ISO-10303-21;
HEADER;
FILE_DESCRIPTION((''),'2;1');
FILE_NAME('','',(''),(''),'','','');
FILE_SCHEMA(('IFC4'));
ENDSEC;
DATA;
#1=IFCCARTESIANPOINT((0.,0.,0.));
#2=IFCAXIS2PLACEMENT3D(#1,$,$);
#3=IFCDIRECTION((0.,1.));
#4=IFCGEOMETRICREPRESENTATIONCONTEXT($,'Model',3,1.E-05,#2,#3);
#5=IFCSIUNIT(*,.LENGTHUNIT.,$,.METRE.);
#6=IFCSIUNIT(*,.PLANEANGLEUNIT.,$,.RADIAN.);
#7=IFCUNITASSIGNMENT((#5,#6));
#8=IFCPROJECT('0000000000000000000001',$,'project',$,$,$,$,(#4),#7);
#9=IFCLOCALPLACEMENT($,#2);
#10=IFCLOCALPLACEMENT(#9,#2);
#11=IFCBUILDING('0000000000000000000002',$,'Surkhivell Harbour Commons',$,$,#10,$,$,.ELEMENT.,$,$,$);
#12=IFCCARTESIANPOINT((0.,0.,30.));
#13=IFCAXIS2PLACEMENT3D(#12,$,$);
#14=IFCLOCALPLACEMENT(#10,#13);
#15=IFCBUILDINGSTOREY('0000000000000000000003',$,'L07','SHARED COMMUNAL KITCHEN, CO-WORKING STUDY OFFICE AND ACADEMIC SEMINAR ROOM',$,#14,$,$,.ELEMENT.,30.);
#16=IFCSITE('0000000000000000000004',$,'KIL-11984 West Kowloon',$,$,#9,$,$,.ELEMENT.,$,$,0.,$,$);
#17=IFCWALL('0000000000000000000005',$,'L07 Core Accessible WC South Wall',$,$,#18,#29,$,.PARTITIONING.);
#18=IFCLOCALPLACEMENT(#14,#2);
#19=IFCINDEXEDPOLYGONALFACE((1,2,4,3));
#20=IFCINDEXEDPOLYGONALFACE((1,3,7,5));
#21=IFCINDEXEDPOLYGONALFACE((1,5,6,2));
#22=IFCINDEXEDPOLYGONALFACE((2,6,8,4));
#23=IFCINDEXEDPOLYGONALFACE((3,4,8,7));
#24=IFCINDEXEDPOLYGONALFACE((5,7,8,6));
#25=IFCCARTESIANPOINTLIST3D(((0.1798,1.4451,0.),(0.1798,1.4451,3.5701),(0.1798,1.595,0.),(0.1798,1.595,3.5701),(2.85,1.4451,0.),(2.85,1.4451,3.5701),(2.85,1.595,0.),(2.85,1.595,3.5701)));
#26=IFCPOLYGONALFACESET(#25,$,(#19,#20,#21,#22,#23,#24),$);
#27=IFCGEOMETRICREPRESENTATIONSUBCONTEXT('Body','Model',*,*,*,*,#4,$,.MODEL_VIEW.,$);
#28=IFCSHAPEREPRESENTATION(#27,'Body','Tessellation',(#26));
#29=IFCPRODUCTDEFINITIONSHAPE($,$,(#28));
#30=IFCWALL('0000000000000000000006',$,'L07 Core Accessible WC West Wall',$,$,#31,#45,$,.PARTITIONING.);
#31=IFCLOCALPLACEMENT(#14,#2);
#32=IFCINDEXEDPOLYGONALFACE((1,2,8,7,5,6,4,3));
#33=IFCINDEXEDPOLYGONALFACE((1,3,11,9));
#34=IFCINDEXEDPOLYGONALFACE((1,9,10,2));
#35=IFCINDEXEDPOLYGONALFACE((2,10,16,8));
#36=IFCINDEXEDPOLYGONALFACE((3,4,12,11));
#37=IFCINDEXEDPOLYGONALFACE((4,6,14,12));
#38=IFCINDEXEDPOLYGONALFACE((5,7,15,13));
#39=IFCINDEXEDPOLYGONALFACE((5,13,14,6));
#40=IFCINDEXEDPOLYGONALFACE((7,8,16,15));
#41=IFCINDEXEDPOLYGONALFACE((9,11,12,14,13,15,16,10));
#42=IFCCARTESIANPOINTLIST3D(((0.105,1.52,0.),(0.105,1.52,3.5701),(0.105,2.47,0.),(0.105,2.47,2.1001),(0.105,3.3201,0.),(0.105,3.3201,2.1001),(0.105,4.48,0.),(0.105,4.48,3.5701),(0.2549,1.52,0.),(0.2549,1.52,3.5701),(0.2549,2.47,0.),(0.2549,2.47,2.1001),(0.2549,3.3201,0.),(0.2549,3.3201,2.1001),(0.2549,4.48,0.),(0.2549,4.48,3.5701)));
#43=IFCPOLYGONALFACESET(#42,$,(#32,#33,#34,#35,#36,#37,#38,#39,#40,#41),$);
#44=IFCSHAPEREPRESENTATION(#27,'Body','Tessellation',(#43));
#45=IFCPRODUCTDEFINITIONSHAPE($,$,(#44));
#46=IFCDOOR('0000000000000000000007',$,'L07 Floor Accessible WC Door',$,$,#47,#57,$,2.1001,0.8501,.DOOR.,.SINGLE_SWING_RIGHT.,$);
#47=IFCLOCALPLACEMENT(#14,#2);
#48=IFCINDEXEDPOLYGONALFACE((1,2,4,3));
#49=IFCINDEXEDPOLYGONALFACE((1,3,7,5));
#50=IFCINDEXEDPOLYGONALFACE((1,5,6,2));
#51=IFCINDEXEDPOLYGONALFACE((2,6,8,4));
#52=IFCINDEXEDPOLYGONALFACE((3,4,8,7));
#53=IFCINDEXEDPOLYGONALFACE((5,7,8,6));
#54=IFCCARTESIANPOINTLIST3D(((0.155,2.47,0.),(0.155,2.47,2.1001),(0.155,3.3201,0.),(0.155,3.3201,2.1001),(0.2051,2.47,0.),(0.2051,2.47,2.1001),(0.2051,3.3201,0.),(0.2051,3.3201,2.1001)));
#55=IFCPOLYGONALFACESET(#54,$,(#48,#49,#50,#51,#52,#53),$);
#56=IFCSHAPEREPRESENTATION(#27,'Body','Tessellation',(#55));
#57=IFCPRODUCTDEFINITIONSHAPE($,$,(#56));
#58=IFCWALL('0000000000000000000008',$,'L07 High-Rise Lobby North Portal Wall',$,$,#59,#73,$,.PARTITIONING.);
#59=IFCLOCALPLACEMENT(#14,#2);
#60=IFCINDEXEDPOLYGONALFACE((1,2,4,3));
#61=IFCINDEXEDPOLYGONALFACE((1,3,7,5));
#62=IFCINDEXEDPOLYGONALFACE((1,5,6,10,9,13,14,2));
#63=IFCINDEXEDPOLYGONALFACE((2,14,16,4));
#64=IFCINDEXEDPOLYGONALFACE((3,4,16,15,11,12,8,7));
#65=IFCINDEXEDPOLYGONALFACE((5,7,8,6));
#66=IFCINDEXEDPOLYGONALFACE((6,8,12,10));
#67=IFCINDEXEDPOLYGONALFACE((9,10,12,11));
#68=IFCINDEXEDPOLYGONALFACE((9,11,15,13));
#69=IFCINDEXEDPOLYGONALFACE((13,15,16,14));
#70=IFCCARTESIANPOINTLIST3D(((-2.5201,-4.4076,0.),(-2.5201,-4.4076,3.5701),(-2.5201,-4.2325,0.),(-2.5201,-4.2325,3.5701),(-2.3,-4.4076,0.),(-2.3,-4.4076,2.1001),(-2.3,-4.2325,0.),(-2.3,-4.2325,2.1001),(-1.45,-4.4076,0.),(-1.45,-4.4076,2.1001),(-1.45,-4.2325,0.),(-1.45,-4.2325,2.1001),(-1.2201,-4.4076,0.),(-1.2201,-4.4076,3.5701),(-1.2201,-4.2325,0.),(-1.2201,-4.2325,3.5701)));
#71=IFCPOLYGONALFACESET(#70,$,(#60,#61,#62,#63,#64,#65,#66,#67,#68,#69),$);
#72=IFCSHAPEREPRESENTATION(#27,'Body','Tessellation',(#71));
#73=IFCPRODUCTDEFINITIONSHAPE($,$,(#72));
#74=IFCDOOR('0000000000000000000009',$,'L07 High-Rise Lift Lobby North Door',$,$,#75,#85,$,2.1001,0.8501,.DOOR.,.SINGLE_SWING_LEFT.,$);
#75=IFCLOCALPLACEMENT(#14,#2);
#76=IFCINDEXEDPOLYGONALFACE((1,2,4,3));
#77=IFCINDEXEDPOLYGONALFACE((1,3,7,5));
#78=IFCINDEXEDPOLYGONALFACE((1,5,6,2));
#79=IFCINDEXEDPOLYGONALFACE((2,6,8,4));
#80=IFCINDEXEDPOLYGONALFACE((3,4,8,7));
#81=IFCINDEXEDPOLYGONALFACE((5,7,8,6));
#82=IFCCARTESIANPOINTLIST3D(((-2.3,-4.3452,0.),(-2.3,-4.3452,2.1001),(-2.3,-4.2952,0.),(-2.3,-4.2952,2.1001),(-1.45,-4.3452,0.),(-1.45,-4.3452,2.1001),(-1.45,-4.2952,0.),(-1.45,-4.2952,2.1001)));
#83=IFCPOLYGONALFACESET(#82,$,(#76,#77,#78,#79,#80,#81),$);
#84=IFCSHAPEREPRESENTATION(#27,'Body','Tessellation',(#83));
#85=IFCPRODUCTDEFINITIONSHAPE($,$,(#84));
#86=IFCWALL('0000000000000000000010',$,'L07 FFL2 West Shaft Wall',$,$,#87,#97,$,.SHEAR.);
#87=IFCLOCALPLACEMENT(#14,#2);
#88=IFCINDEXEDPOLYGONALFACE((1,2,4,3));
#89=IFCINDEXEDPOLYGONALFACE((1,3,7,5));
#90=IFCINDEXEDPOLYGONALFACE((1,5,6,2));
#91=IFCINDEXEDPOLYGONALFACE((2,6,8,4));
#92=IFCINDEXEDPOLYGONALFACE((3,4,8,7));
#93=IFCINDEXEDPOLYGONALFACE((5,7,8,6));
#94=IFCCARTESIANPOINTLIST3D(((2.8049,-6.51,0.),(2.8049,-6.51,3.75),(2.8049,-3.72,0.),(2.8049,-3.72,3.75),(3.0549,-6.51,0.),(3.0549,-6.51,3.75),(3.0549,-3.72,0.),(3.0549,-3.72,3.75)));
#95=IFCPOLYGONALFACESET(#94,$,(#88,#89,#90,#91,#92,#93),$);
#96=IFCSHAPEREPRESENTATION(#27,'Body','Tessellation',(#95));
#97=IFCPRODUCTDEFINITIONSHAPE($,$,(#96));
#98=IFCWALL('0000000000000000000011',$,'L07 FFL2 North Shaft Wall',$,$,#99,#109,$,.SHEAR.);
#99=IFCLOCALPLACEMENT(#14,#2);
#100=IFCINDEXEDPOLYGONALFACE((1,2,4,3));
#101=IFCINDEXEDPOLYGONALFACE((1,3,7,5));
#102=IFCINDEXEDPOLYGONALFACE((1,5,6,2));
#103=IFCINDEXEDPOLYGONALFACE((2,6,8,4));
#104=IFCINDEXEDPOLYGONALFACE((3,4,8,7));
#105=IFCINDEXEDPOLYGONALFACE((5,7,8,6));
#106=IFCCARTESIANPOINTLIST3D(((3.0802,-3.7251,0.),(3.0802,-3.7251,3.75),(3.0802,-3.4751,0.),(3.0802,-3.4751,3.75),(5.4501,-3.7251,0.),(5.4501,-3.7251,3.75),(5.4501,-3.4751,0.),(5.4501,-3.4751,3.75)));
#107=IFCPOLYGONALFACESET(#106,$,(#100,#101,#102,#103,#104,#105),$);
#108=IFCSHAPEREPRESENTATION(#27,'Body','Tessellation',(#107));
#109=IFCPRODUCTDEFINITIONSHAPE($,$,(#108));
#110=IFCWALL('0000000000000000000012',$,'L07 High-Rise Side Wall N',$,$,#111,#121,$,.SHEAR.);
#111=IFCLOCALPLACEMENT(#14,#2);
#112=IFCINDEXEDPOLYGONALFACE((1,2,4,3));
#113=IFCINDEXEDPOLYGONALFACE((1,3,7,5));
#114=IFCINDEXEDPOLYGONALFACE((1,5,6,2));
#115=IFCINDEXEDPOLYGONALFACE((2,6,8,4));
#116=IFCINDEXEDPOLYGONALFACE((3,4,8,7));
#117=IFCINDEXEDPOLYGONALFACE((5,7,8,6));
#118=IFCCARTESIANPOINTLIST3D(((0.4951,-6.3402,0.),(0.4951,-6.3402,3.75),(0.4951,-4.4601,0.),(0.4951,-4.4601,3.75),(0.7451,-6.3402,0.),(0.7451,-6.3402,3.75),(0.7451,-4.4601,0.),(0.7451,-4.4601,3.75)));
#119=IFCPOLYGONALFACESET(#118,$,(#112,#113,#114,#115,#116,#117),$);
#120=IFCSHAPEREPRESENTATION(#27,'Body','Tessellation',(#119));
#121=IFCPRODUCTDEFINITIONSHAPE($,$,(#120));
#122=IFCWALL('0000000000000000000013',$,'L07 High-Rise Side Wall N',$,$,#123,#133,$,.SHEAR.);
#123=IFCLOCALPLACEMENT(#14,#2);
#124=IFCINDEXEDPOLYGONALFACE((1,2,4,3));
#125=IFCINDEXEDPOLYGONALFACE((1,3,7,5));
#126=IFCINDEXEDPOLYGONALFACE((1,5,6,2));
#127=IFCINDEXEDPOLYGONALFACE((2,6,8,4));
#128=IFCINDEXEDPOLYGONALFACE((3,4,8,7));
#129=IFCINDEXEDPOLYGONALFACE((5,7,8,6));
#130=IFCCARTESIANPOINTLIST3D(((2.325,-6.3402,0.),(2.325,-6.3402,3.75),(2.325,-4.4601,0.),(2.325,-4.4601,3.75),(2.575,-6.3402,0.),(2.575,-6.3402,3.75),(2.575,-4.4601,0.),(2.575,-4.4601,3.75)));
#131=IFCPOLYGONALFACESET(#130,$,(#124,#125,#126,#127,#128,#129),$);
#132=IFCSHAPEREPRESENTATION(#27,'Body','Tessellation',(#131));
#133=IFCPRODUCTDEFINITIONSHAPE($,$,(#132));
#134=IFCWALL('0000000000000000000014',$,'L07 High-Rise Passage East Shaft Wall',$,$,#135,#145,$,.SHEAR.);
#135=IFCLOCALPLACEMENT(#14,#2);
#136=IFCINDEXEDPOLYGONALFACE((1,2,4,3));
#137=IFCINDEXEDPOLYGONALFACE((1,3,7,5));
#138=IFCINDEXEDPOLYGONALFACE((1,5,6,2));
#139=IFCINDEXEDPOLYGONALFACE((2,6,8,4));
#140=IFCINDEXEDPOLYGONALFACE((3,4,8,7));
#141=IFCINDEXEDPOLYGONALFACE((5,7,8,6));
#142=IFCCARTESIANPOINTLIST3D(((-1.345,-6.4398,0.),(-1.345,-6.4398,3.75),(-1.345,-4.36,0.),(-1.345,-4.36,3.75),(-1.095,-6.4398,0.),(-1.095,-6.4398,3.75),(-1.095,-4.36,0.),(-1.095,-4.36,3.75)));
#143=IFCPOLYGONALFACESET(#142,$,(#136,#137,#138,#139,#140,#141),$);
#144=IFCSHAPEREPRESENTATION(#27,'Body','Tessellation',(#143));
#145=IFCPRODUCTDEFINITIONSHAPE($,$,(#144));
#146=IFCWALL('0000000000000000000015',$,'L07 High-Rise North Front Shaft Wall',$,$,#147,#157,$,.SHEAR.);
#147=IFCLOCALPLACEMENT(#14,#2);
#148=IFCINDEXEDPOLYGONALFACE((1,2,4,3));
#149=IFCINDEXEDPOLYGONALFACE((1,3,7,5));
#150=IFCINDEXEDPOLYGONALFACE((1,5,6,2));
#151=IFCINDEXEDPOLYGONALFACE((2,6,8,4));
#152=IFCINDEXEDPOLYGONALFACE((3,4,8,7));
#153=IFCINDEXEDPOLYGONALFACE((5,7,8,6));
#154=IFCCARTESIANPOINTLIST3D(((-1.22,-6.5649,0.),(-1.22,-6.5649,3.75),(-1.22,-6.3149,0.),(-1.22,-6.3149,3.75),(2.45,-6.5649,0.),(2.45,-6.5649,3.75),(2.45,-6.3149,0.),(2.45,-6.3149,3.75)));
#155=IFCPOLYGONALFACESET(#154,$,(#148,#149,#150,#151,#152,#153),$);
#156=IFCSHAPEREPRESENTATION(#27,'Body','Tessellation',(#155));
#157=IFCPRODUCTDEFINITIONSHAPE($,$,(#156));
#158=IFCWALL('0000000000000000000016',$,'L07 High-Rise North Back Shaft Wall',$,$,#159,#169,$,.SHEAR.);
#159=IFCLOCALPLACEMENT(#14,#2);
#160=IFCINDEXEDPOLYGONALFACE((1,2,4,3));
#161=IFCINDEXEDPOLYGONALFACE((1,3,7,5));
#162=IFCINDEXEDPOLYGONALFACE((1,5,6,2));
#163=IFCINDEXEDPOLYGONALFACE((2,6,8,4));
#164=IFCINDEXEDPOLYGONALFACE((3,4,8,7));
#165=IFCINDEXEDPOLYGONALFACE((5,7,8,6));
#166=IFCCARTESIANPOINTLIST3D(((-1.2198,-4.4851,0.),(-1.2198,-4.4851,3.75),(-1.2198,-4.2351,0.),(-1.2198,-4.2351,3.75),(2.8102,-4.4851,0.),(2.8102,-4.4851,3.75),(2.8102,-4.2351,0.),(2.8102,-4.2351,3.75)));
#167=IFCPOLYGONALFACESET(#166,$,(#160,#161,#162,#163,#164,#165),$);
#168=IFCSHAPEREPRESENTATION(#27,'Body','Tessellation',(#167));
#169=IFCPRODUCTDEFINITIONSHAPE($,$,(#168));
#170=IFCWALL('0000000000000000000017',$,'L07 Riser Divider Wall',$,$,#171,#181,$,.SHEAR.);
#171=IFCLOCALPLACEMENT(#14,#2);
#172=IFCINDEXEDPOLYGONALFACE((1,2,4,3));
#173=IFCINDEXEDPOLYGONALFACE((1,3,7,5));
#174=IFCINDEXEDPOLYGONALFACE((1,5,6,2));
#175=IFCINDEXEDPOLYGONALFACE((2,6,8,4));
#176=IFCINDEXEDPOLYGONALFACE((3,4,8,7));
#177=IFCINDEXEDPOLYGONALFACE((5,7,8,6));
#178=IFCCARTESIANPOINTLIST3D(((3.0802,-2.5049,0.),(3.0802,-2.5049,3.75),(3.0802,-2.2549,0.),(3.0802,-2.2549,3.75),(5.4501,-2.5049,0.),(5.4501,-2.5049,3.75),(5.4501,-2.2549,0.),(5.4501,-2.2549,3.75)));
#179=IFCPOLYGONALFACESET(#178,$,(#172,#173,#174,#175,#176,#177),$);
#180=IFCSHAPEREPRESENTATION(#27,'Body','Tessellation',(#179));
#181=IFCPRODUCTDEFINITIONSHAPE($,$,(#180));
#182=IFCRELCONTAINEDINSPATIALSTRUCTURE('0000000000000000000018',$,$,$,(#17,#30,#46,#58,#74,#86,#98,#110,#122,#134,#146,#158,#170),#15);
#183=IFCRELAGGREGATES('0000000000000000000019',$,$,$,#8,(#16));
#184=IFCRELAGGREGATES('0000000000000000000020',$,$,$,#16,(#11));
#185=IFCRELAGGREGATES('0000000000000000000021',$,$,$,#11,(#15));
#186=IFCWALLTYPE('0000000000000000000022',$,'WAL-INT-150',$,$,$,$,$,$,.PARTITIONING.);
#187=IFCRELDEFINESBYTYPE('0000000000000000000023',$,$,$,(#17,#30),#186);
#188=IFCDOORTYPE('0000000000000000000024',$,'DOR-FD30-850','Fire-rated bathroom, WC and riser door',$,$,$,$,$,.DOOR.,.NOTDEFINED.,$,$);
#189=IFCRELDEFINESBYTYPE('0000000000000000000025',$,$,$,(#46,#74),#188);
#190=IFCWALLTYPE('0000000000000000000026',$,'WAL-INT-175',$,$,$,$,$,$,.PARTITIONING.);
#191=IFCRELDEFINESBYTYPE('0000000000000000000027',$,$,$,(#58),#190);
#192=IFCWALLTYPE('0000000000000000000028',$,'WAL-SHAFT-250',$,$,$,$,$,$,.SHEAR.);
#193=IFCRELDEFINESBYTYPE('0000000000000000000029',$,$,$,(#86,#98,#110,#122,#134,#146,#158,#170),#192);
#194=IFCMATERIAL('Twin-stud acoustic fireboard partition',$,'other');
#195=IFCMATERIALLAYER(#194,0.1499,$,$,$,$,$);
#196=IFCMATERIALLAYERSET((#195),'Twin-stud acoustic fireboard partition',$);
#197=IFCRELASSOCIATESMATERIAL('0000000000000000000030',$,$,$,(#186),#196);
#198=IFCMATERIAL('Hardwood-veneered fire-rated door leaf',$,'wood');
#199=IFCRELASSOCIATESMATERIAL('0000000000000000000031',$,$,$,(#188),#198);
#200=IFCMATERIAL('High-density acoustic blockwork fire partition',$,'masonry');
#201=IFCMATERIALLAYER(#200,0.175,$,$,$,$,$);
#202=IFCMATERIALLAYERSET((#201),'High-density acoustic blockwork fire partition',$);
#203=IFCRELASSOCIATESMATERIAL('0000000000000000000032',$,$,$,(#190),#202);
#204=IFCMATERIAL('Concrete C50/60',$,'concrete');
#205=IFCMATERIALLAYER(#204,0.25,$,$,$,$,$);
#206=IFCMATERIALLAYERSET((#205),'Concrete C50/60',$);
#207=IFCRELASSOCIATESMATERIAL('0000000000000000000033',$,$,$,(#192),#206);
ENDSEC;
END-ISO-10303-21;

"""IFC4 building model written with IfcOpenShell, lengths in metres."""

from ifc_helpers import new_model, si_unit, direction, frame, frame_2d, origin, place, context, subcontext, project, spatial, rectangle, extrude, material, layer, layer_set, type_object, element, fill, save


model = new_model("IFC4")

# Units and contexts
model_context = context("Model", 3, precision=1e-05, world=origin(), true_north=direction((0.0, 1.0)))
body_context = subcontext(model_context, "Body", "Model", "MODEL_VIEW")
ifc_project = project(units=[si_unit("LENGTHUNIT", "METRE"), si_unit("PLANEANGLEUNIT", "RADIAN")], contexts=[model_context])

# Site, building, storey
site_placement = place(None, origin())
site = spatial("IfcSite", under=ifc_project, at=site_placement, Name="KIL-11984 West Kowloon", CompositionType="ELEMENT", RefElevation=0.0)
building_placement = place(site_placement, origin())
building = spatial("IfcBuilding", under=site, at=building_placement, Name="Surkhivell Harbour Commons", CompositionType="ELEMENT")
storey_placement = place(building_placement, frame((0.0, 0.0, 30.0)))
storey = spatial("IfcBuildingStorey", under=building, at=storey_placement, Name="L07", Description="SHARED COMMUNAL KITCHEN, CO-WORKING STUDY OFFICE AND ACADEMIC SEMINAR ROOM", CompositionType="ELEMENT", Elevation=30.0)

# Wall
ifc_material_1 = material(Name="Twin-stud acoustic fireboard partition", Category="other")
ifc_layer_1 = layer(ifc_material_1, 0.1499)
ifc_layer_set_1 = layer_set([ifc_layer_1], Name="Twin-stud acoustic fireboard partition")
wall_type_1 = type_object("IfcWallType", Name="WAL-INT-150", PredefinedType="PARTITIONING", material=ifc_layer_set_1)
wall_1_placement = place(storey_placement, frame((0.1799, 1.52, 0.0), z_axis=(0.0, 0.0, 1.0), x_axis=(1.0, 0.0, 0.0)))
element("IfcWall", 1, at=wall_1_placement, inside=storey, type_object=wall_type_1, Name="L07 Core Accessible WC South Wall", PredefinedType="PARTITIONING", context=body_context, shape_type="SweptSolid", body=[
    extrude(rectangle(XDim=2.6702, YDim=0.1499, at=frame_2d((1.335, 0.0))), origin(), (0.0, 0.0, 1.0), 3.5701),
])

# Walls, openings, doors
wall_2_placement = place(storey_placement, frame((0.1799, 1.52, 0.0), z_axis=(0.0, 0.0, 1.0), x_axis=(0.0, 1.0, 0.0)))
wall_2 = element("IfcWall", 2, at=wall_2_placement, inside=storey, type_object=wall_type_1, Name="L07 Core Accessible WC West Wall", PredefinedType="PARTITIONING", context=body_context, shape_type="SweptSolid", body=[
    extrude(rectangle(XDim=2.96, YDim=0.1499, at=frame_2d((1.48, 0.0))), origin(), (0.0, 0.0, 1.0), 3.5701),
])
opening_1_placement = place(wall_2_placement, frame((0.95, 0.0, 0.0)))
opening_1 = element("IfcOpeningElement", 3, at=opening_1_placement, cuts=wall_2, PredefinedType="OPENING", context=body_context, shape_type="SweptSolid", body=[
    extrude(rectangle(XDim=0.8501, YDim=2.1001, at=frame_2d((0.425, 1.05))), frame((0.0, 0.085, 0.0), z_axis=(0.0, -1.0, 0.0), x_axis=(1.0, 0.0, 0.0)), (0.0, 0.0, 1.0), 0.1699),
])
ifc_material_2 = material(Name="Hardwood-veneered fire-rated door leaf", Category="wood")
door_type_1 = type_object("IfcDoorType", Name="DOR-FD30-850", Description="Fire-rated bathroom, WC and riser door", OperationType="NOTDEFINED", PredefinedType="DOOR", material=ifc_material_2)
door_1_placement = place(opening_1_placement, origin())
door_1 = element("IfcDoor", 4, at=door_1_placement, inside=storey, type_object=door_type_1, Name="L07 Floor Accessible WC Door", OperationType="SINGLE_SWING_RIGHT", OverallHeight=2.1001, OverallWidth=0.8501, PredefinedType="DOOR", context=body_context, shape_type="SweptSolid", body=[
    extrude(rectangle(XDim=0.8501, YDim=2.1001, at=frame_2d((0.425, 1.05))), frame((0.0, 0.0249, 0.0), z_axis=(0.0, -1.0, 0.0), x_axis=(1.0, 0.0, 0.0)), (0.0, 0.0, 1.0), 0.05),
])
fill(opening_1, door_1)
ifc_material_3 = material(Name="High-density acoustic blockwork fire partition", Category="masonry")
ifc_layer_2 = layer(ifc_material_3, 0.175)
ifc_layer_set_2 = layer_set([ifc_layer_2], Name="High-density acoustic blockwork fire partition")
wall_type_2 = type_object("IfcWallType", Name="WAL-INT-175", PredefinedType="PARTITIONING", material=ifc_layer_set_2)
wall_3_placement = place(storey_placement, frame((-2.52, -4.3201, 0.0), z_axis=(0.0, 0.0, 1.0), x_axis=(1.0, 0.0, 0.0)))
wall_3 = element("IfcWall", 5, at=wall_3_placement, inside=storey, type_object=wall_type_2, Name="L07 High-Rise Lobby North Portal Wall", PredefinedType="PARTITIONING", context=body_context, shape_type="SweptSolid", body=[
    extrude(rectangle(XDim=1.3, YDim=0.175, at=frame_2d((0.6499, 0.0))), origin(), (0.0, 0.0, 1.0), 3.5701),
])
opening_2_placement = place(wall_3_placement, frame((0.22, 0.0, 0.0)))
opening_2 = element("IfcOpeningElement", 6, at=opening_2_placement, cuts=wall_3, PredefinedType="OPENING", context=body_context, shape_type="SweptSolid", body=[
    extrude(rectangle(XDim=0.8501, YDim=2.1001, at=frame_2d((0.425, 1.05))), frame((0.0, 0.0974, 0.0), z_axis=(0.0, -1.0, 0.0), x_axis=(1.0, 0.0, 0.0)), (0.0, 0.0, 1.0), 0.1951),
])
door_2_placement = place(opening_2_placement, origin())
door_2 = element("IfcDoor", 7, at=door_2_placement, inside=storey, type_object=door_type_1, Name="L07 High-Rise Lift Lobby North Door", OperationType="SINGLE_SWING_LEFT", OverallHeight=2.1001, OverallWidth=0.8501, PredefinedType="DOOR", context=body_context, shape_type="SweptSolid", body=[
    extrude(rectangle(XDim=0.8501, YDim=2.1001, at=frame_2d((0.425, 1.05))), frame((0.0, 0.0249, 0.0), z_axis=(0.0, -1.0, 0.0), x_axis=(1.0, 0.0, 0.0)), (0.0, 0.0, 1.0), 0.05),
])
fill(opening_2, door_2)

# Walls
ifc_material_4 = material(Name="Concrete C50/60", Category="concrete")
ifc_layer_3 = layer(ifc_material_4, 0.25)
ifc_layer_set_3 = layer_set([ifc_layer_3], Name="Concrete C50/60")
wall_type_3 = type_object("IfcWallType", Name="WAL-SHAFT-250", PredefinedType="SHEAR", material=ifc_layer_set_3)
wall_4_placement = place(storey_placement, frame((2.9299, -6.51, 0.0), z_axis=(0.0, 0.0, 1.0), x_axis=(0.0, 1.0, 0.0)))
element("IfcWall", 8, at=wall_4_placement, inside=storey, type_object=wall_type_3, Name="L07 FFL2 West Shaft Wall", PredefinedType="SHEAR", context=body_context, shape_type="SweptSolid", body=[
    extrude(rectangle(XDim=2.79, YDim=0.25, at=frame_2d((1.395, 0.0))), origin(), (0.0, 0.0, 1.0), 3.75),
])
wall_5_placement = place(storey_placement, frame((3.0801, -3.6001, 0.0), z_axis=(0.0, 0.0, 1.0), x_axis=(1.0, 0.0, 0.0)))
element("IfcWall", 9, at=wall_5_placement, inside=storey, type_object=wall_type_3, Name="L07 FFL2 North Shaft Wall", PredefinedType="SHEAR", context=body_context, shape_type="SweptSolid", body=[
    extrude(rectangle(XDim=2.3699, YDim=0.25, at=frame_2d((1.1851, 0.0))), origin(), (0.0, 0.0, 1.0), 3.75),
])
for number, where, z_axis, x_axis, name in (
    (10, (0.6201, -6.3401, 0.0), (0.0, 0.0, 1.0), (0.0, 1.0, 0.0), "L07 High-Rise Side Wall N"),
    (11, (2.45, -6.3401, 0.0), (0.0, 0.0, 1.0), (0.0, 1.0, 0.0), "L07 High-Rise Side Wall N"),
):
    element("IfcWall", number, at=place(storey_placement, frame(where, z_axis=z_axis, x_axis=x_axis)), inside=storey, type_object=wall_type_3, Name=name, PredefinedType="SHEAR", context=body_context, shape_type="SweptSolid", body=[
        extrude(rectangle(XDim=1.8801, YDim=0.25, at=frame_2d((0.9399, 0.0))), origin(), (0.0, 0.0, 1.0), 3.75),
    ])
wall_6_placement = place(storey_placement, frame((-1.22, -6.4399, 0.0), z_axis=(0.0, 0.0, 1.0), x_axis=(0.0, 1.0, 0.0)))
element("IfcWall", 12, at=wall_6_placement, inside=storey, type_object=wall_type_3, Name="L07 High-Rise Passage East Shaft Wall", PredefinedType="SHEAR", context=body_context, shape_type="SweptSolid", body=[
    extrude(rectangle(XDim=2.0798, YDim=0.25, at=frame_2d((1.04, 0.0))), origin(), (0.0, 0.0, 1.0), 3.75),
])
wall_7_placement = place(storey_placement, frame((-1.22, -6.4399, 0.0), z_axis=(0.0, 0.0, 1.0), x_axis=(1.0, 0.0, 0.0)))
element("IfcWall", 13, at=wall_7_placement, inside=storey, type_object=wall_type_3, Name="L07 High-Rise North Front Shaft Wall", PredefinedType="SHEAR", context=body_context, shape_type="SweptSolid", body=[
    extrude(rectangle(XDim=3.6699, YDim=0.25, at=frame_2d((1.835, 0.0))), origin(), (0.0, 0.0, 1.0), 3.75),
])
wall_8_placement = place(storey_placement, frame((-1.22, -4.3601, 0.0), z_axis=(0.0, 0.0, 1.0), x_axis=(1.0, 0.0, 0.0)))
element("IfcWall", 14, at=wall_8_placement, inside=storey, type_object=wall_type_3, Name="L07 High-Rise North Back Shaft Wall", PredefinedType="SHEAR", context=body_context, shape_type="SweptSolid", body=[
    extrude(rectangle(XDim=4.03, YDim=0.25, at=frame_2d((2.0151, 0.0))), origin(), (0.0, 0.0, 1.0), 3.75),
])
for number, where, z_axis, x_axis, name in (
    (15, (3.0801, -2.3799, 0.0), (0.0, 0.0, 1.0), (1.0, 0.0, 0.0), "L07 Riser Divider Wall"),
):
    element("IfcWall", number, at=place(storey_placement, frame(where, z_axis=z_axis, x_axis=x_axis)), inside=storey, type_object=wall_type_3, Name=name, PredefinedType="SHEAR", context=body_context, shape_type="SweptSolid", body=[
        extrude(rectangle(XDim=2.3699, YDim=0.25, at=frame_2d((1.1851, 0.0))), origin(), (0.0, 0.0, 1.0), 3.75),
    ])

save(model, "model.ifc")
